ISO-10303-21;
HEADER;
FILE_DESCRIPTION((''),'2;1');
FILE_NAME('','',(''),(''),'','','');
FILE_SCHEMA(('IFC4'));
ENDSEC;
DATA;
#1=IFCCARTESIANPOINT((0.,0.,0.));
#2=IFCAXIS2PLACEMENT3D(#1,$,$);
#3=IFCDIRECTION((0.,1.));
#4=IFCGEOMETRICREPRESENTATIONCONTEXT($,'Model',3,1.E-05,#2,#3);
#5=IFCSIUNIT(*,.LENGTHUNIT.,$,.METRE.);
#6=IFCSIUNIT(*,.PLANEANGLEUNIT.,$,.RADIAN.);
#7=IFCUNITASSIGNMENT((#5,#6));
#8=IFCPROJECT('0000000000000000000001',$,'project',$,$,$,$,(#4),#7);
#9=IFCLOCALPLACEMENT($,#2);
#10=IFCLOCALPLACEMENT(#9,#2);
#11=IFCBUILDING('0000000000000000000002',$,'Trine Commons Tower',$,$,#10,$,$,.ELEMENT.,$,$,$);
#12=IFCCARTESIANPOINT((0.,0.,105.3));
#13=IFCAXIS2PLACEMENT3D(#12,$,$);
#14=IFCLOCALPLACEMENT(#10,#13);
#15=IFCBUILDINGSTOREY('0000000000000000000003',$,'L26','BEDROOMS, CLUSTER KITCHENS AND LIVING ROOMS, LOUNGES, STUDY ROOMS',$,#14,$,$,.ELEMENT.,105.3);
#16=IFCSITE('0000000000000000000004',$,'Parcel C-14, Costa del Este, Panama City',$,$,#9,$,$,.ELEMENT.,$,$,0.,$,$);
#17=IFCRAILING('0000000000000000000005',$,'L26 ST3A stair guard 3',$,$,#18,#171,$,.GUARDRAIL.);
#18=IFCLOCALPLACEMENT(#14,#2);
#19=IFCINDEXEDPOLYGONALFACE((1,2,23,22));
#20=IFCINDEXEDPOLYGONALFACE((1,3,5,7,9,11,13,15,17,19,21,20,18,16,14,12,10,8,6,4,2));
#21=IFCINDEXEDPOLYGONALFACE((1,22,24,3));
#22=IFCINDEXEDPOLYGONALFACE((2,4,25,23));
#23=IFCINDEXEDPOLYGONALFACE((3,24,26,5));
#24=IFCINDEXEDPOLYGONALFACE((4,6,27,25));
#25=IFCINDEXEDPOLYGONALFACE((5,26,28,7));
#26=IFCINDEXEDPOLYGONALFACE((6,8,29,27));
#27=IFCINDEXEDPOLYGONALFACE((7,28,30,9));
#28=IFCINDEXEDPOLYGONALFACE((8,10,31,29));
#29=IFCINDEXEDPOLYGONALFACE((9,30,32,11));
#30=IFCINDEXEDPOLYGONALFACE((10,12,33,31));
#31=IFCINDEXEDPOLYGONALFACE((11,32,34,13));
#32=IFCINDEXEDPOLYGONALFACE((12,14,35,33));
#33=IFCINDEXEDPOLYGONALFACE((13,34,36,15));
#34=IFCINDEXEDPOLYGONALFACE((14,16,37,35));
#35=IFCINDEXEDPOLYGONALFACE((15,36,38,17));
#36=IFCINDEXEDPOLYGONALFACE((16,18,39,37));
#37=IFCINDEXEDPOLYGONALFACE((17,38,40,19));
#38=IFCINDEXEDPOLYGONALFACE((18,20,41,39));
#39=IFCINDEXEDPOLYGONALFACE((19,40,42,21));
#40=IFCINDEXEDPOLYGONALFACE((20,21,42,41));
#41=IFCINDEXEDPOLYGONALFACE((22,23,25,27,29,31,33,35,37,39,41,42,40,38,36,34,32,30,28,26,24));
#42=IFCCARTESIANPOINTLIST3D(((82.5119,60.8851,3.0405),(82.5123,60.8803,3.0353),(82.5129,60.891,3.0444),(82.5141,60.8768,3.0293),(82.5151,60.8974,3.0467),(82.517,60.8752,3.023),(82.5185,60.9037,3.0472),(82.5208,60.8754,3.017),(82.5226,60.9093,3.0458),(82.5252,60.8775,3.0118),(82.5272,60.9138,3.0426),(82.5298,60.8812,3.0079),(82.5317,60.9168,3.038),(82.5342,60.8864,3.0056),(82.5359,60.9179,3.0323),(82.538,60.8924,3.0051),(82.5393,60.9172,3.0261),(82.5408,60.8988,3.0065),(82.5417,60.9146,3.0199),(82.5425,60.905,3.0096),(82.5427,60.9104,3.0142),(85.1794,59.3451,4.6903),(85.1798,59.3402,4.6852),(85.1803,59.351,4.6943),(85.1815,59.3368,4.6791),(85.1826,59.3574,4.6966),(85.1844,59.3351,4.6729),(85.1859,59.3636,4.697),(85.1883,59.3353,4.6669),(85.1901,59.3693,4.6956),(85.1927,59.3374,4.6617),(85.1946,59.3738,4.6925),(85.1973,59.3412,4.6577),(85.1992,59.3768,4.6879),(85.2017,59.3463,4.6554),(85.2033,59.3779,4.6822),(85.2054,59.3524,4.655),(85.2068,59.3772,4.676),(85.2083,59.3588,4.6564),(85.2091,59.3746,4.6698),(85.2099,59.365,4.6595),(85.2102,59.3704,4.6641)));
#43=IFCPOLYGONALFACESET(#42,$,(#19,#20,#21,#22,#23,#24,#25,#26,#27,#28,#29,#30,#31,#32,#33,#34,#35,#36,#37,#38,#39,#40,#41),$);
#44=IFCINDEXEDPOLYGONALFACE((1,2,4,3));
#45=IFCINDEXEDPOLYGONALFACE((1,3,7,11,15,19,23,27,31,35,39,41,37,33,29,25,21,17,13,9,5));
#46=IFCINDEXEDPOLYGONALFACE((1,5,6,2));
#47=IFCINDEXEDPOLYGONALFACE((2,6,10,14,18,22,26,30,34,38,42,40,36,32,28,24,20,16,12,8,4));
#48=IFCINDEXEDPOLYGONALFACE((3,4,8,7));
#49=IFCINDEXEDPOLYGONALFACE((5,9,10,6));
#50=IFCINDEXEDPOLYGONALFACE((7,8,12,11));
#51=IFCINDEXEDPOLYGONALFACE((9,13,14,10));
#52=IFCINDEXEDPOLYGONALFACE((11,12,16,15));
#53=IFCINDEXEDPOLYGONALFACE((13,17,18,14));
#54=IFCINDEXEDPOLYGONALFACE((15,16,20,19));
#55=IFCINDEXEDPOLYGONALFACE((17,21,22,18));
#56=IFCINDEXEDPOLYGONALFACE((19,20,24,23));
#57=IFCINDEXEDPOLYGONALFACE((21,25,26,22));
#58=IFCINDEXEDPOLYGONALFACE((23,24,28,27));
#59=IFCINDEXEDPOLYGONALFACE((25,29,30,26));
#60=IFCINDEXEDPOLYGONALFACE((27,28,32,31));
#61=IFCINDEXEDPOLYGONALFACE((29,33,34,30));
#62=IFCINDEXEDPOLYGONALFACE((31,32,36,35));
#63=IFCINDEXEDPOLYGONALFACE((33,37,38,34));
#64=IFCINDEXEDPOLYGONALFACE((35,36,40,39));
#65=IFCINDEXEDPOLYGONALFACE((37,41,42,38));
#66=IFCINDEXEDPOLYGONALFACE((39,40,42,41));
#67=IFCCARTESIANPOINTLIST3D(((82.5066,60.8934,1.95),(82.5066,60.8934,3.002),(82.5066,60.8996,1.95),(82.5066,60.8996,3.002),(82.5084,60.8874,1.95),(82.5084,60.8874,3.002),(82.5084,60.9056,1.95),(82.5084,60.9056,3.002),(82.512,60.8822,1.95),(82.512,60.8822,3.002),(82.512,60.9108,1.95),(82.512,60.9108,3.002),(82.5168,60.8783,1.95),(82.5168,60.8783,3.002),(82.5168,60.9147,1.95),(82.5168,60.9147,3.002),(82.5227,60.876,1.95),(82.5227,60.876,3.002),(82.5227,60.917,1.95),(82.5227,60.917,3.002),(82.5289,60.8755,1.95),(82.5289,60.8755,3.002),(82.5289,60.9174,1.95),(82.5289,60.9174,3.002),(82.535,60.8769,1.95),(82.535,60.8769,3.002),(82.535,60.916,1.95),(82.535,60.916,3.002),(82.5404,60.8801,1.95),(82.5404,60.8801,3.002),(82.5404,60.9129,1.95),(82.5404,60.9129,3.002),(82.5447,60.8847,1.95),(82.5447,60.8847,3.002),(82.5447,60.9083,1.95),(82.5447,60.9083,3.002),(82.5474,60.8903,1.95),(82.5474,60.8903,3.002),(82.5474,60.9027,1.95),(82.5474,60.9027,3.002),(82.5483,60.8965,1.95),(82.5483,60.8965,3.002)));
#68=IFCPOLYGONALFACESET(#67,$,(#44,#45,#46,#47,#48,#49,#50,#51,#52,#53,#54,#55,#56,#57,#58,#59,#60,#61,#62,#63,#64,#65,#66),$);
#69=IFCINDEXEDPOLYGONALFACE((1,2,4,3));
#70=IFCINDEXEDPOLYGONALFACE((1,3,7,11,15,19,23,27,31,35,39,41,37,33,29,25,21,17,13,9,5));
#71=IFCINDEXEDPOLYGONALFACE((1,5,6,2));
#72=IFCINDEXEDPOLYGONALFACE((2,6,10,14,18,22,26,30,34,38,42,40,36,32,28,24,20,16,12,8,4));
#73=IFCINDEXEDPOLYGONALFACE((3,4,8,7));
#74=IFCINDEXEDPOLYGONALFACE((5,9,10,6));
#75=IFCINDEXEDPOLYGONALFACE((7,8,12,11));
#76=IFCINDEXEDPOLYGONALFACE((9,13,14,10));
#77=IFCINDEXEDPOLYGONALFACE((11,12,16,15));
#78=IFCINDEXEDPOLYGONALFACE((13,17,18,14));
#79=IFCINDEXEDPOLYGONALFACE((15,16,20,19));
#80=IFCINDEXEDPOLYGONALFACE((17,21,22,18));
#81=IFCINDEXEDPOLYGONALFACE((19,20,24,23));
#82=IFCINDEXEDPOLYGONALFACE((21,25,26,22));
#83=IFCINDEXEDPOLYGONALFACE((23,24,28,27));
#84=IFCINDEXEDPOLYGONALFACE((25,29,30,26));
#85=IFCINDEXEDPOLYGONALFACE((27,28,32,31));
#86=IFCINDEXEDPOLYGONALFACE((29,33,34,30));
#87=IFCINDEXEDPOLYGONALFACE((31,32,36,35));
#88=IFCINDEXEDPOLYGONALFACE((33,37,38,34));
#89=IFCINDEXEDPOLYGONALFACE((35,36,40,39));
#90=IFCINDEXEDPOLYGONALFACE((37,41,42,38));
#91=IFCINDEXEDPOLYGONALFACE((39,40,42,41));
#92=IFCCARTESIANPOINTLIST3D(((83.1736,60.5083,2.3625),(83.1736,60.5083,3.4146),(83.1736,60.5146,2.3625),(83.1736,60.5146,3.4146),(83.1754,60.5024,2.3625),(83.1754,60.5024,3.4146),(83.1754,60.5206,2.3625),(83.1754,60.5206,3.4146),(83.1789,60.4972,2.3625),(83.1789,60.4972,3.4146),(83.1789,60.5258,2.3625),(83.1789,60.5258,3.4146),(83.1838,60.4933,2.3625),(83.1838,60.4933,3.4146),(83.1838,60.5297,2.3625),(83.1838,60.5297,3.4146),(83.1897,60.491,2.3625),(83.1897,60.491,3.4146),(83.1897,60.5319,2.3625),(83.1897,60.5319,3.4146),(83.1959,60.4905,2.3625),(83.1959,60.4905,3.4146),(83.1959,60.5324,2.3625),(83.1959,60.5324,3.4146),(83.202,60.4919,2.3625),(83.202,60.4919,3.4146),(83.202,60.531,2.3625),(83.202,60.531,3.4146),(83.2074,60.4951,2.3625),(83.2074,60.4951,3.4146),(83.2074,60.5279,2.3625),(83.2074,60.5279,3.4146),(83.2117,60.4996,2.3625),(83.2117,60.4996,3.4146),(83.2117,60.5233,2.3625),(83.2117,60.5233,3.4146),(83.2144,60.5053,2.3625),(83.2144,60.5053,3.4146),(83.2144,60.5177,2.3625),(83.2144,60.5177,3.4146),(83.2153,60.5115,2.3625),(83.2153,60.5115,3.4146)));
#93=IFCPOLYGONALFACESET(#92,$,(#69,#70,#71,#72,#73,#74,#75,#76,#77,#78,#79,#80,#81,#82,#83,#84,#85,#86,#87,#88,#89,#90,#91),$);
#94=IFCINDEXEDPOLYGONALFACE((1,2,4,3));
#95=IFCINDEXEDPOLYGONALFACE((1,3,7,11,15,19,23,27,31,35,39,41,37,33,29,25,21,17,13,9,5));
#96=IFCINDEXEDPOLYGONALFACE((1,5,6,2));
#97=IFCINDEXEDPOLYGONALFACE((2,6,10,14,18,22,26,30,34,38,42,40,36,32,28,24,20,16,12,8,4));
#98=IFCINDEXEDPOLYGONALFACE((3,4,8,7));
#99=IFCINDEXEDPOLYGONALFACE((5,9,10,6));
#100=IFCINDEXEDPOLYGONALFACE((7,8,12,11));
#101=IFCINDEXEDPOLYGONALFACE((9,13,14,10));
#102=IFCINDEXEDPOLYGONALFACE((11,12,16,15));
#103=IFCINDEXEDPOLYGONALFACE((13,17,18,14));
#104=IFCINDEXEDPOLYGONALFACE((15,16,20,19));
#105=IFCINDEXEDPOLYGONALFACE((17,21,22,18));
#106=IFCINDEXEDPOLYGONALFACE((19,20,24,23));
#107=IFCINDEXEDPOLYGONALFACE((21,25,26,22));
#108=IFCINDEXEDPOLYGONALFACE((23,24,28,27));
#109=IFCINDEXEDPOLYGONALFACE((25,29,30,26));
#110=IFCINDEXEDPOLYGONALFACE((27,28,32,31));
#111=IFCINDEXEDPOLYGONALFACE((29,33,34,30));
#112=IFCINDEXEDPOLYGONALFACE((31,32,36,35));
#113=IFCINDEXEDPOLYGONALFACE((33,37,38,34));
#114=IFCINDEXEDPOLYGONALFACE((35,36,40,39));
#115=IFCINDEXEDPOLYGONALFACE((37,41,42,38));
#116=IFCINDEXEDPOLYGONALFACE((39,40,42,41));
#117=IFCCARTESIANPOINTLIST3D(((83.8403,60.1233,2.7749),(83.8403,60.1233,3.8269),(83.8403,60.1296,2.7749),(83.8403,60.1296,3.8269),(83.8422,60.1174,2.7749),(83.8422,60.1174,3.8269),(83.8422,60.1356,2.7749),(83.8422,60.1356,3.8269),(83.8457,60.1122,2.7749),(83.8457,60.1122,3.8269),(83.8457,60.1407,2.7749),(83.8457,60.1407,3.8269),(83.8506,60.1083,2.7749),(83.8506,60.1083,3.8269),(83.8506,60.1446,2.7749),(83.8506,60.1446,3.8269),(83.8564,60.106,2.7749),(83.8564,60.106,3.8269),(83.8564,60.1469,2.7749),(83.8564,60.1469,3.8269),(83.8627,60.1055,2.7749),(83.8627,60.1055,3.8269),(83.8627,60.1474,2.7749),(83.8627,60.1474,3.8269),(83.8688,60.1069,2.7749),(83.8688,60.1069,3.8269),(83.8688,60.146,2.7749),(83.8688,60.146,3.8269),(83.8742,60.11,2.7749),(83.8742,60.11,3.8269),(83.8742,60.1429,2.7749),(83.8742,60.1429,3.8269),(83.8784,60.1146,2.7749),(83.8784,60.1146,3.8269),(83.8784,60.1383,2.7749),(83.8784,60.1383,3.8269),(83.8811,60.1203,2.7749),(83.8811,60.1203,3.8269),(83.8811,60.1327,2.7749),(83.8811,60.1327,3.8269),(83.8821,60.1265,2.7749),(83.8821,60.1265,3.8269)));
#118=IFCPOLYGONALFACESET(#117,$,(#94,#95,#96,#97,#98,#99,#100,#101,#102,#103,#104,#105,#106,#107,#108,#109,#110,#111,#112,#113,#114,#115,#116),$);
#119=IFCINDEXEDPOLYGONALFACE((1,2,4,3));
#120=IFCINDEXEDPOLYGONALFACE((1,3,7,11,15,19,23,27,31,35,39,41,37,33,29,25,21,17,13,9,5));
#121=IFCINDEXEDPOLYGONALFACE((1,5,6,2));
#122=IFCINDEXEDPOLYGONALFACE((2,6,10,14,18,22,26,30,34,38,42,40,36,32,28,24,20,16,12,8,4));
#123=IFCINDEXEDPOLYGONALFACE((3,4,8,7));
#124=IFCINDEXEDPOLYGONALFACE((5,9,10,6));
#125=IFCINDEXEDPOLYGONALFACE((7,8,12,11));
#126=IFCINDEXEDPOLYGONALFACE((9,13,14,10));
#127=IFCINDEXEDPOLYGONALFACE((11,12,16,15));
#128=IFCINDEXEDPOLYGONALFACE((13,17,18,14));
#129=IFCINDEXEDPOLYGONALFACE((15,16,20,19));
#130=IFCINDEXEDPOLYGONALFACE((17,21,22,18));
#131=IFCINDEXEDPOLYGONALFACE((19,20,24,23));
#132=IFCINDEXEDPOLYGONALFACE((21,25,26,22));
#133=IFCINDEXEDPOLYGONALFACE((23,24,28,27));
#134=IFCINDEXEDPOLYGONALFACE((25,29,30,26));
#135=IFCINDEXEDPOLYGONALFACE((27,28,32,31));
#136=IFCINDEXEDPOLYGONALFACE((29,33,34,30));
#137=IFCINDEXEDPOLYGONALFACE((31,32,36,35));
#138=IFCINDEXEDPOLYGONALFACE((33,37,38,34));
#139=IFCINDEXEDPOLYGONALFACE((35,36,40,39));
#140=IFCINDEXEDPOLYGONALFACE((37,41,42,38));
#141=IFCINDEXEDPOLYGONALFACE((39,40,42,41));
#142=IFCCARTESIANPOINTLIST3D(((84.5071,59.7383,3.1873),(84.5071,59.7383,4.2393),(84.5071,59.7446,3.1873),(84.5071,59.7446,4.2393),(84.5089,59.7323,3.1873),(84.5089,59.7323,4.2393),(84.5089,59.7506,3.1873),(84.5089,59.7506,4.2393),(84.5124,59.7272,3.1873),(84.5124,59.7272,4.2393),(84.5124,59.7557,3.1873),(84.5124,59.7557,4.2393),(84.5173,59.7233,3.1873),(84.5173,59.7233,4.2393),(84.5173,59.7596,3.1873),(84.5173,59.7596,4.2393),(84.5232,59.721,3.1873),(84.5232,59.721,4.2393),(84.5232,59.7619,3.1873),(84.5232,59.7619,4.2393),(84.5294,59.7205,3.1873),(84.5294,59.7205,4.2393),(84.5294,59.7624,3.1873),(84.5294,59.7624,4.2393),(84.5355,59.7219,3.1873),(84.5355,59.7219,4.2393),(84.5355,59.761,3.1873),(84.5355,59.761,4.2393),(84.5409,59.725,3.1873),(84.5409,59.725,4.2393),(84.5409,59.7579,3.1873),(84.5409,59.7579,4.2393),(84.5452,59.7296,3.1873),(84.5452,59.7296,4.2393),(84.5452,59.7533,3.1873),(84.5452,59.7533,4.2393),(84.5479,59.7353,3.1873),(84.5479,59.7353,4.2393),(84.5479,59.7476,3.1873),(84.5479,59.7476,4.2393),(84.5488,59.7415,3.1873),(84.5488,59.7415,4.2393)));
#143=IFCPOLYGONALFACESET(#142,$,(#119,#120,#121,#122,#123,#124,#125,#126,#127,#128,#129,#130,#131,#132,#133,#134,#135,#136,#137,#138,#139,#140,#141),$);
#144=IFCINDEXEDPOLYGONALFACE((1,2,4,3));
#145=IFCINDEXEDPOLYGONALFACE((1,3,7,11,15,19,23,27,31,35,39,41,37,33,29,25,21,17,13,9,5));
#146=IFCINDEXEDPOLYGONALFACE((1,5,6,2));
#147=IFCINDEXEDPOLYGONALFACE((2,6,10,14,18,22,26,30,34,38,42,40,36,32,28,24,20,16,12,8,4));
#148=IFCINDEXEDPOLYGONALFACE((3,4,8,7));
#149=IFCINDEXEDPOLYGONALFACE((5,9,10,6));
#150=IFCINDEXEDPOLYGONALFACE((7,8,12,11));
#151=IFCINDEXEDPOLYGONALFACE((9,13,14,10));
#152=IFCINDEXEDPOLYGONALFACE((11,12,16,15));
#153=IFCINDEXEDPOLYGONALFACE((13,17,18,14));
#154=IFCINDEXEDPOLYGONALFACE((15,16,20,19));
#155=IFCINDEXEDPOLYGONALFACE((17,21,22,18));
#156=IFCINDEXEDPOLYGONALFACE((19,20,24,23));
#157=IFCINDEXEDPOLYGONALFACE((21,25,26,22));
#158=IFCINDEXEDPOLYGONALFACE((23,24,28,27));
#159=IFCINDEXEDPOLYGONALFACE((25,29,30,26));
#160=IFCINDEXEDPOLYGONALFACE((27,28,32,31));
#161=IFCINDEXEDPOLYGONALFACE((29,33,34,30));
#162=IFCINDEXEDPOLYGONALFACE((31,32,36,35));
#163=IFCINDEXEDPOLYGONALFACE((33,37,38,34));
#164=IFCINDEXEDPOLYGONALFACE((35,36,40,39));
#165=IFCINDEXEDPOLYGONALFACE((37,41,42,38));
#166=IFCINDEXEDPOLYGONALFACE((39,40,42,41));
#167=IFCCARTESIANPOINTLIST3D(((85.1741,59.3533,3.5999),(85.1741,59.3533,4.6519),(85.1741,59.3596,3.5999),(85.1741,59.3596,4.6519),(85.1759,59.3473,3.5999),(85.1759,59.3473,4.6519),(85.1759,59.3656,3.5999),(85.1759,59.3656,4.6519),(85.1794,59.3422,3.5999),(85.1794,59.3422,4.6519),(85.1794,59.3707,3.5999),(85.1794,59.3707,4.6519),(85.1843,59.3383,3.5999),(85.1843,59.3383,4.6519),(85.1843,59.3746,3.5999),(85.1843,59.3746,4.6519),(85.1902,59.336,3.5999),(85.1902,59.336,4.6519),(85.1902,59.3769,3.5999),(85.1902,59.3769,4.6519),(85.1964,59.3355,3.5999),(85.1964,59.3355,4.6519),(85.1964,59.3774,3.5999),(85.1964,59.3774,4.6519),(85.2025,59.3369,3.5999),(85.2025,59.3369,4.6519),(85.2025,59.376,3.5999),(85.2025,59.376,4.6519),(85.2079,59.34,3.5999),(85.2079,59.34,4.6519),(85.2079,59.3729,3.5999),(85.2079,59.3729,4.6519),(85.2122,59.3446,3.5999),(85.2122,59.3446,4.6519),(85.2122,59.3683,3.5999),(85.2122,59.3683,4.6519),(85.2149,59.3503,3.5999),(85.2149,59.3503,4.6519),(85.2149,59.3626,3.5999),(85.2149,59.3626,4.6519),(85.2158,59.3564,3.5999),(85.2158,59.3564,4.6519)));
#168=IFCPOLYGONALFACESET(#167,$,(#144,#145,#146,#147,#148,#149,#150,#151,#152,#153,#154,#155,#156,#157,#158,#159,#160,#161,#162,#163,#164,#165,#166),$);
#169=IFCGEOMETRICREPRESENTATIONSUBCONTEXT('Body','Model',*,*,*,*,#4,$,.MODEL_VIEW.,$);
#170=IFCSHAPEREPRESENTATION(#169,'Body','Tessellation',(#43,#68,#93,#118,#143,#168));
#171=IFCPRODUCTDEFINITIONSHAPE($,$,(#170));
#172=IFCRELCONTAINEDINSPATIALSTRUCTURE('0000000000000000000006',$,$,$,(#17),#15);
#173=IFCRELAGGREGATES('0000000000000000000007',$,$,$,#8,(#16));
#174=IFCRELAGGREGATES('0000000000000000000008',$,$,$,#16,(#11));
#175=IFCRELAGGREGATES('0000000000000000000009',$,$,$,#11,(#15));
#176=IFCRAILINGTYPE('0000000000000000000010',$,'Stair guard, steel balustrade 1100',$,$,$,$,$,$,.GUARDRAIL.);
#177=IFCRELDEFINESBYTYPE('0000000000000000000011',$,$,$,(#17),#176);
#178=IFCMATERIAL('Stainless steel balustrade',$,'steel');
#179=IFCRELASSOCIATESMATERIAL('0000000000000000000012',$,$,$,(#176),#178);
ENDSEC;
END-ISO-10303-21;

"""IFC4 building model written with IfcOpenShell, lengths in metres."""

from ifc_helpers import new_model, si_unit, direction, frame, origin, origin_2d, place, context, subcontext, project, spatial, circle, extrude, material, type_object, element, save


model = new_model("IFC4")

# Units and contexts
model_context = context("Model", 3, precision=1e-05, world=origin(), true_north=direction((0.0, 1.0)))
body_context = subcontext(model_context, "Body", "Model", "MODEL_VIEW")
ifc_project = project(units=[si_unit("LENGTHUNIT", "METRE"), si_unit("PLANEANGLEUNIT", "RADIAN")], contexts=[model_context])

# Site, building, storey
site_placement = place(None, origin())
site = spatial("IfcSite", under=ifc_project, at=site_placement, Name="Parcel C-14, Costa del Este, Panama City", CompositionType="ELEMENT", RefElevation=0.0)
building_placement = place(site_placement, origin())
building = spatial("IfcBuilding", under=site, at=building_placement, Name="Trine Commons Tower", CompositionType="ELEMENT")
storey_placement = place(building_placement, frame((0.0, 0.0, 105.3)))
storey = spatial("IfcBuildingStorey", under=building, at=storey_placement, Name="L26", Description="BEDROOMS, CLUSTER KITCHENS AND LIVING ROOMS, LOUNGES, STUDY ROOMS", CompositionType="ELEMENT", Elevation=105.3)

# Railing
ifc_material_1 = material(Name="Stainless steel balustrade", Category="steel")
railing_type_1 = type_object("IfcRailingType", Name="Stair guard, steel balustrade 1100", PredefinedType="GUARDRAIL", material=ifc_material_1)
railing_1_placement = place(storey_placement, frame((82.5273, 60.8965, 1.95)))
element("IfcRailing", 1, at=railing_1_placement, inside=storey, type_object=railing_type_1, Name="L26 ST3A stair guard 3", PredefinedType="GUARDRAIL", context=body_context, shape_type="SweptSolid", body=[
    extrude(circle(Radius=0.0239, at=origin_2d()), frame((0.0, 0.0, 1.0762), z_axis=(0.763405, -0.440743, 0.472185), x_axis=(0.499992, 0.86603, 0.0)), (0.0, 0.0, 1.0), 3.4941),
    extrude(circle(Radius=0.021, at=origin_2d()), origin(), (0.0, 0.0, 1.0), 1.052),
    extrude(circle(Radius=0.021, at=origin_2d()), frame((0.667, -0.385, 0.4126)), (0.0, 0.0, 1.0), 1.052),
    extrude(circle(Radius=0.021, at=origin_2d()), frame((1.3337, -0.77, 0.825)), (0.0, 0.0, 1.0), 1.052),
    extrude(circle(Radius=0.021, at=origin_2d()), frame((2.0005, -1.155, 1.2373)), (0.0, 0.0, 1.0), 1.052),
    extrude(circle(Radius=0.021, at=origin_2d()), frame((2.6675, -1.54, 1.6499)), (0.0, 0.0, 1.0), 1.052),
])

save(model, "model.ifc")
